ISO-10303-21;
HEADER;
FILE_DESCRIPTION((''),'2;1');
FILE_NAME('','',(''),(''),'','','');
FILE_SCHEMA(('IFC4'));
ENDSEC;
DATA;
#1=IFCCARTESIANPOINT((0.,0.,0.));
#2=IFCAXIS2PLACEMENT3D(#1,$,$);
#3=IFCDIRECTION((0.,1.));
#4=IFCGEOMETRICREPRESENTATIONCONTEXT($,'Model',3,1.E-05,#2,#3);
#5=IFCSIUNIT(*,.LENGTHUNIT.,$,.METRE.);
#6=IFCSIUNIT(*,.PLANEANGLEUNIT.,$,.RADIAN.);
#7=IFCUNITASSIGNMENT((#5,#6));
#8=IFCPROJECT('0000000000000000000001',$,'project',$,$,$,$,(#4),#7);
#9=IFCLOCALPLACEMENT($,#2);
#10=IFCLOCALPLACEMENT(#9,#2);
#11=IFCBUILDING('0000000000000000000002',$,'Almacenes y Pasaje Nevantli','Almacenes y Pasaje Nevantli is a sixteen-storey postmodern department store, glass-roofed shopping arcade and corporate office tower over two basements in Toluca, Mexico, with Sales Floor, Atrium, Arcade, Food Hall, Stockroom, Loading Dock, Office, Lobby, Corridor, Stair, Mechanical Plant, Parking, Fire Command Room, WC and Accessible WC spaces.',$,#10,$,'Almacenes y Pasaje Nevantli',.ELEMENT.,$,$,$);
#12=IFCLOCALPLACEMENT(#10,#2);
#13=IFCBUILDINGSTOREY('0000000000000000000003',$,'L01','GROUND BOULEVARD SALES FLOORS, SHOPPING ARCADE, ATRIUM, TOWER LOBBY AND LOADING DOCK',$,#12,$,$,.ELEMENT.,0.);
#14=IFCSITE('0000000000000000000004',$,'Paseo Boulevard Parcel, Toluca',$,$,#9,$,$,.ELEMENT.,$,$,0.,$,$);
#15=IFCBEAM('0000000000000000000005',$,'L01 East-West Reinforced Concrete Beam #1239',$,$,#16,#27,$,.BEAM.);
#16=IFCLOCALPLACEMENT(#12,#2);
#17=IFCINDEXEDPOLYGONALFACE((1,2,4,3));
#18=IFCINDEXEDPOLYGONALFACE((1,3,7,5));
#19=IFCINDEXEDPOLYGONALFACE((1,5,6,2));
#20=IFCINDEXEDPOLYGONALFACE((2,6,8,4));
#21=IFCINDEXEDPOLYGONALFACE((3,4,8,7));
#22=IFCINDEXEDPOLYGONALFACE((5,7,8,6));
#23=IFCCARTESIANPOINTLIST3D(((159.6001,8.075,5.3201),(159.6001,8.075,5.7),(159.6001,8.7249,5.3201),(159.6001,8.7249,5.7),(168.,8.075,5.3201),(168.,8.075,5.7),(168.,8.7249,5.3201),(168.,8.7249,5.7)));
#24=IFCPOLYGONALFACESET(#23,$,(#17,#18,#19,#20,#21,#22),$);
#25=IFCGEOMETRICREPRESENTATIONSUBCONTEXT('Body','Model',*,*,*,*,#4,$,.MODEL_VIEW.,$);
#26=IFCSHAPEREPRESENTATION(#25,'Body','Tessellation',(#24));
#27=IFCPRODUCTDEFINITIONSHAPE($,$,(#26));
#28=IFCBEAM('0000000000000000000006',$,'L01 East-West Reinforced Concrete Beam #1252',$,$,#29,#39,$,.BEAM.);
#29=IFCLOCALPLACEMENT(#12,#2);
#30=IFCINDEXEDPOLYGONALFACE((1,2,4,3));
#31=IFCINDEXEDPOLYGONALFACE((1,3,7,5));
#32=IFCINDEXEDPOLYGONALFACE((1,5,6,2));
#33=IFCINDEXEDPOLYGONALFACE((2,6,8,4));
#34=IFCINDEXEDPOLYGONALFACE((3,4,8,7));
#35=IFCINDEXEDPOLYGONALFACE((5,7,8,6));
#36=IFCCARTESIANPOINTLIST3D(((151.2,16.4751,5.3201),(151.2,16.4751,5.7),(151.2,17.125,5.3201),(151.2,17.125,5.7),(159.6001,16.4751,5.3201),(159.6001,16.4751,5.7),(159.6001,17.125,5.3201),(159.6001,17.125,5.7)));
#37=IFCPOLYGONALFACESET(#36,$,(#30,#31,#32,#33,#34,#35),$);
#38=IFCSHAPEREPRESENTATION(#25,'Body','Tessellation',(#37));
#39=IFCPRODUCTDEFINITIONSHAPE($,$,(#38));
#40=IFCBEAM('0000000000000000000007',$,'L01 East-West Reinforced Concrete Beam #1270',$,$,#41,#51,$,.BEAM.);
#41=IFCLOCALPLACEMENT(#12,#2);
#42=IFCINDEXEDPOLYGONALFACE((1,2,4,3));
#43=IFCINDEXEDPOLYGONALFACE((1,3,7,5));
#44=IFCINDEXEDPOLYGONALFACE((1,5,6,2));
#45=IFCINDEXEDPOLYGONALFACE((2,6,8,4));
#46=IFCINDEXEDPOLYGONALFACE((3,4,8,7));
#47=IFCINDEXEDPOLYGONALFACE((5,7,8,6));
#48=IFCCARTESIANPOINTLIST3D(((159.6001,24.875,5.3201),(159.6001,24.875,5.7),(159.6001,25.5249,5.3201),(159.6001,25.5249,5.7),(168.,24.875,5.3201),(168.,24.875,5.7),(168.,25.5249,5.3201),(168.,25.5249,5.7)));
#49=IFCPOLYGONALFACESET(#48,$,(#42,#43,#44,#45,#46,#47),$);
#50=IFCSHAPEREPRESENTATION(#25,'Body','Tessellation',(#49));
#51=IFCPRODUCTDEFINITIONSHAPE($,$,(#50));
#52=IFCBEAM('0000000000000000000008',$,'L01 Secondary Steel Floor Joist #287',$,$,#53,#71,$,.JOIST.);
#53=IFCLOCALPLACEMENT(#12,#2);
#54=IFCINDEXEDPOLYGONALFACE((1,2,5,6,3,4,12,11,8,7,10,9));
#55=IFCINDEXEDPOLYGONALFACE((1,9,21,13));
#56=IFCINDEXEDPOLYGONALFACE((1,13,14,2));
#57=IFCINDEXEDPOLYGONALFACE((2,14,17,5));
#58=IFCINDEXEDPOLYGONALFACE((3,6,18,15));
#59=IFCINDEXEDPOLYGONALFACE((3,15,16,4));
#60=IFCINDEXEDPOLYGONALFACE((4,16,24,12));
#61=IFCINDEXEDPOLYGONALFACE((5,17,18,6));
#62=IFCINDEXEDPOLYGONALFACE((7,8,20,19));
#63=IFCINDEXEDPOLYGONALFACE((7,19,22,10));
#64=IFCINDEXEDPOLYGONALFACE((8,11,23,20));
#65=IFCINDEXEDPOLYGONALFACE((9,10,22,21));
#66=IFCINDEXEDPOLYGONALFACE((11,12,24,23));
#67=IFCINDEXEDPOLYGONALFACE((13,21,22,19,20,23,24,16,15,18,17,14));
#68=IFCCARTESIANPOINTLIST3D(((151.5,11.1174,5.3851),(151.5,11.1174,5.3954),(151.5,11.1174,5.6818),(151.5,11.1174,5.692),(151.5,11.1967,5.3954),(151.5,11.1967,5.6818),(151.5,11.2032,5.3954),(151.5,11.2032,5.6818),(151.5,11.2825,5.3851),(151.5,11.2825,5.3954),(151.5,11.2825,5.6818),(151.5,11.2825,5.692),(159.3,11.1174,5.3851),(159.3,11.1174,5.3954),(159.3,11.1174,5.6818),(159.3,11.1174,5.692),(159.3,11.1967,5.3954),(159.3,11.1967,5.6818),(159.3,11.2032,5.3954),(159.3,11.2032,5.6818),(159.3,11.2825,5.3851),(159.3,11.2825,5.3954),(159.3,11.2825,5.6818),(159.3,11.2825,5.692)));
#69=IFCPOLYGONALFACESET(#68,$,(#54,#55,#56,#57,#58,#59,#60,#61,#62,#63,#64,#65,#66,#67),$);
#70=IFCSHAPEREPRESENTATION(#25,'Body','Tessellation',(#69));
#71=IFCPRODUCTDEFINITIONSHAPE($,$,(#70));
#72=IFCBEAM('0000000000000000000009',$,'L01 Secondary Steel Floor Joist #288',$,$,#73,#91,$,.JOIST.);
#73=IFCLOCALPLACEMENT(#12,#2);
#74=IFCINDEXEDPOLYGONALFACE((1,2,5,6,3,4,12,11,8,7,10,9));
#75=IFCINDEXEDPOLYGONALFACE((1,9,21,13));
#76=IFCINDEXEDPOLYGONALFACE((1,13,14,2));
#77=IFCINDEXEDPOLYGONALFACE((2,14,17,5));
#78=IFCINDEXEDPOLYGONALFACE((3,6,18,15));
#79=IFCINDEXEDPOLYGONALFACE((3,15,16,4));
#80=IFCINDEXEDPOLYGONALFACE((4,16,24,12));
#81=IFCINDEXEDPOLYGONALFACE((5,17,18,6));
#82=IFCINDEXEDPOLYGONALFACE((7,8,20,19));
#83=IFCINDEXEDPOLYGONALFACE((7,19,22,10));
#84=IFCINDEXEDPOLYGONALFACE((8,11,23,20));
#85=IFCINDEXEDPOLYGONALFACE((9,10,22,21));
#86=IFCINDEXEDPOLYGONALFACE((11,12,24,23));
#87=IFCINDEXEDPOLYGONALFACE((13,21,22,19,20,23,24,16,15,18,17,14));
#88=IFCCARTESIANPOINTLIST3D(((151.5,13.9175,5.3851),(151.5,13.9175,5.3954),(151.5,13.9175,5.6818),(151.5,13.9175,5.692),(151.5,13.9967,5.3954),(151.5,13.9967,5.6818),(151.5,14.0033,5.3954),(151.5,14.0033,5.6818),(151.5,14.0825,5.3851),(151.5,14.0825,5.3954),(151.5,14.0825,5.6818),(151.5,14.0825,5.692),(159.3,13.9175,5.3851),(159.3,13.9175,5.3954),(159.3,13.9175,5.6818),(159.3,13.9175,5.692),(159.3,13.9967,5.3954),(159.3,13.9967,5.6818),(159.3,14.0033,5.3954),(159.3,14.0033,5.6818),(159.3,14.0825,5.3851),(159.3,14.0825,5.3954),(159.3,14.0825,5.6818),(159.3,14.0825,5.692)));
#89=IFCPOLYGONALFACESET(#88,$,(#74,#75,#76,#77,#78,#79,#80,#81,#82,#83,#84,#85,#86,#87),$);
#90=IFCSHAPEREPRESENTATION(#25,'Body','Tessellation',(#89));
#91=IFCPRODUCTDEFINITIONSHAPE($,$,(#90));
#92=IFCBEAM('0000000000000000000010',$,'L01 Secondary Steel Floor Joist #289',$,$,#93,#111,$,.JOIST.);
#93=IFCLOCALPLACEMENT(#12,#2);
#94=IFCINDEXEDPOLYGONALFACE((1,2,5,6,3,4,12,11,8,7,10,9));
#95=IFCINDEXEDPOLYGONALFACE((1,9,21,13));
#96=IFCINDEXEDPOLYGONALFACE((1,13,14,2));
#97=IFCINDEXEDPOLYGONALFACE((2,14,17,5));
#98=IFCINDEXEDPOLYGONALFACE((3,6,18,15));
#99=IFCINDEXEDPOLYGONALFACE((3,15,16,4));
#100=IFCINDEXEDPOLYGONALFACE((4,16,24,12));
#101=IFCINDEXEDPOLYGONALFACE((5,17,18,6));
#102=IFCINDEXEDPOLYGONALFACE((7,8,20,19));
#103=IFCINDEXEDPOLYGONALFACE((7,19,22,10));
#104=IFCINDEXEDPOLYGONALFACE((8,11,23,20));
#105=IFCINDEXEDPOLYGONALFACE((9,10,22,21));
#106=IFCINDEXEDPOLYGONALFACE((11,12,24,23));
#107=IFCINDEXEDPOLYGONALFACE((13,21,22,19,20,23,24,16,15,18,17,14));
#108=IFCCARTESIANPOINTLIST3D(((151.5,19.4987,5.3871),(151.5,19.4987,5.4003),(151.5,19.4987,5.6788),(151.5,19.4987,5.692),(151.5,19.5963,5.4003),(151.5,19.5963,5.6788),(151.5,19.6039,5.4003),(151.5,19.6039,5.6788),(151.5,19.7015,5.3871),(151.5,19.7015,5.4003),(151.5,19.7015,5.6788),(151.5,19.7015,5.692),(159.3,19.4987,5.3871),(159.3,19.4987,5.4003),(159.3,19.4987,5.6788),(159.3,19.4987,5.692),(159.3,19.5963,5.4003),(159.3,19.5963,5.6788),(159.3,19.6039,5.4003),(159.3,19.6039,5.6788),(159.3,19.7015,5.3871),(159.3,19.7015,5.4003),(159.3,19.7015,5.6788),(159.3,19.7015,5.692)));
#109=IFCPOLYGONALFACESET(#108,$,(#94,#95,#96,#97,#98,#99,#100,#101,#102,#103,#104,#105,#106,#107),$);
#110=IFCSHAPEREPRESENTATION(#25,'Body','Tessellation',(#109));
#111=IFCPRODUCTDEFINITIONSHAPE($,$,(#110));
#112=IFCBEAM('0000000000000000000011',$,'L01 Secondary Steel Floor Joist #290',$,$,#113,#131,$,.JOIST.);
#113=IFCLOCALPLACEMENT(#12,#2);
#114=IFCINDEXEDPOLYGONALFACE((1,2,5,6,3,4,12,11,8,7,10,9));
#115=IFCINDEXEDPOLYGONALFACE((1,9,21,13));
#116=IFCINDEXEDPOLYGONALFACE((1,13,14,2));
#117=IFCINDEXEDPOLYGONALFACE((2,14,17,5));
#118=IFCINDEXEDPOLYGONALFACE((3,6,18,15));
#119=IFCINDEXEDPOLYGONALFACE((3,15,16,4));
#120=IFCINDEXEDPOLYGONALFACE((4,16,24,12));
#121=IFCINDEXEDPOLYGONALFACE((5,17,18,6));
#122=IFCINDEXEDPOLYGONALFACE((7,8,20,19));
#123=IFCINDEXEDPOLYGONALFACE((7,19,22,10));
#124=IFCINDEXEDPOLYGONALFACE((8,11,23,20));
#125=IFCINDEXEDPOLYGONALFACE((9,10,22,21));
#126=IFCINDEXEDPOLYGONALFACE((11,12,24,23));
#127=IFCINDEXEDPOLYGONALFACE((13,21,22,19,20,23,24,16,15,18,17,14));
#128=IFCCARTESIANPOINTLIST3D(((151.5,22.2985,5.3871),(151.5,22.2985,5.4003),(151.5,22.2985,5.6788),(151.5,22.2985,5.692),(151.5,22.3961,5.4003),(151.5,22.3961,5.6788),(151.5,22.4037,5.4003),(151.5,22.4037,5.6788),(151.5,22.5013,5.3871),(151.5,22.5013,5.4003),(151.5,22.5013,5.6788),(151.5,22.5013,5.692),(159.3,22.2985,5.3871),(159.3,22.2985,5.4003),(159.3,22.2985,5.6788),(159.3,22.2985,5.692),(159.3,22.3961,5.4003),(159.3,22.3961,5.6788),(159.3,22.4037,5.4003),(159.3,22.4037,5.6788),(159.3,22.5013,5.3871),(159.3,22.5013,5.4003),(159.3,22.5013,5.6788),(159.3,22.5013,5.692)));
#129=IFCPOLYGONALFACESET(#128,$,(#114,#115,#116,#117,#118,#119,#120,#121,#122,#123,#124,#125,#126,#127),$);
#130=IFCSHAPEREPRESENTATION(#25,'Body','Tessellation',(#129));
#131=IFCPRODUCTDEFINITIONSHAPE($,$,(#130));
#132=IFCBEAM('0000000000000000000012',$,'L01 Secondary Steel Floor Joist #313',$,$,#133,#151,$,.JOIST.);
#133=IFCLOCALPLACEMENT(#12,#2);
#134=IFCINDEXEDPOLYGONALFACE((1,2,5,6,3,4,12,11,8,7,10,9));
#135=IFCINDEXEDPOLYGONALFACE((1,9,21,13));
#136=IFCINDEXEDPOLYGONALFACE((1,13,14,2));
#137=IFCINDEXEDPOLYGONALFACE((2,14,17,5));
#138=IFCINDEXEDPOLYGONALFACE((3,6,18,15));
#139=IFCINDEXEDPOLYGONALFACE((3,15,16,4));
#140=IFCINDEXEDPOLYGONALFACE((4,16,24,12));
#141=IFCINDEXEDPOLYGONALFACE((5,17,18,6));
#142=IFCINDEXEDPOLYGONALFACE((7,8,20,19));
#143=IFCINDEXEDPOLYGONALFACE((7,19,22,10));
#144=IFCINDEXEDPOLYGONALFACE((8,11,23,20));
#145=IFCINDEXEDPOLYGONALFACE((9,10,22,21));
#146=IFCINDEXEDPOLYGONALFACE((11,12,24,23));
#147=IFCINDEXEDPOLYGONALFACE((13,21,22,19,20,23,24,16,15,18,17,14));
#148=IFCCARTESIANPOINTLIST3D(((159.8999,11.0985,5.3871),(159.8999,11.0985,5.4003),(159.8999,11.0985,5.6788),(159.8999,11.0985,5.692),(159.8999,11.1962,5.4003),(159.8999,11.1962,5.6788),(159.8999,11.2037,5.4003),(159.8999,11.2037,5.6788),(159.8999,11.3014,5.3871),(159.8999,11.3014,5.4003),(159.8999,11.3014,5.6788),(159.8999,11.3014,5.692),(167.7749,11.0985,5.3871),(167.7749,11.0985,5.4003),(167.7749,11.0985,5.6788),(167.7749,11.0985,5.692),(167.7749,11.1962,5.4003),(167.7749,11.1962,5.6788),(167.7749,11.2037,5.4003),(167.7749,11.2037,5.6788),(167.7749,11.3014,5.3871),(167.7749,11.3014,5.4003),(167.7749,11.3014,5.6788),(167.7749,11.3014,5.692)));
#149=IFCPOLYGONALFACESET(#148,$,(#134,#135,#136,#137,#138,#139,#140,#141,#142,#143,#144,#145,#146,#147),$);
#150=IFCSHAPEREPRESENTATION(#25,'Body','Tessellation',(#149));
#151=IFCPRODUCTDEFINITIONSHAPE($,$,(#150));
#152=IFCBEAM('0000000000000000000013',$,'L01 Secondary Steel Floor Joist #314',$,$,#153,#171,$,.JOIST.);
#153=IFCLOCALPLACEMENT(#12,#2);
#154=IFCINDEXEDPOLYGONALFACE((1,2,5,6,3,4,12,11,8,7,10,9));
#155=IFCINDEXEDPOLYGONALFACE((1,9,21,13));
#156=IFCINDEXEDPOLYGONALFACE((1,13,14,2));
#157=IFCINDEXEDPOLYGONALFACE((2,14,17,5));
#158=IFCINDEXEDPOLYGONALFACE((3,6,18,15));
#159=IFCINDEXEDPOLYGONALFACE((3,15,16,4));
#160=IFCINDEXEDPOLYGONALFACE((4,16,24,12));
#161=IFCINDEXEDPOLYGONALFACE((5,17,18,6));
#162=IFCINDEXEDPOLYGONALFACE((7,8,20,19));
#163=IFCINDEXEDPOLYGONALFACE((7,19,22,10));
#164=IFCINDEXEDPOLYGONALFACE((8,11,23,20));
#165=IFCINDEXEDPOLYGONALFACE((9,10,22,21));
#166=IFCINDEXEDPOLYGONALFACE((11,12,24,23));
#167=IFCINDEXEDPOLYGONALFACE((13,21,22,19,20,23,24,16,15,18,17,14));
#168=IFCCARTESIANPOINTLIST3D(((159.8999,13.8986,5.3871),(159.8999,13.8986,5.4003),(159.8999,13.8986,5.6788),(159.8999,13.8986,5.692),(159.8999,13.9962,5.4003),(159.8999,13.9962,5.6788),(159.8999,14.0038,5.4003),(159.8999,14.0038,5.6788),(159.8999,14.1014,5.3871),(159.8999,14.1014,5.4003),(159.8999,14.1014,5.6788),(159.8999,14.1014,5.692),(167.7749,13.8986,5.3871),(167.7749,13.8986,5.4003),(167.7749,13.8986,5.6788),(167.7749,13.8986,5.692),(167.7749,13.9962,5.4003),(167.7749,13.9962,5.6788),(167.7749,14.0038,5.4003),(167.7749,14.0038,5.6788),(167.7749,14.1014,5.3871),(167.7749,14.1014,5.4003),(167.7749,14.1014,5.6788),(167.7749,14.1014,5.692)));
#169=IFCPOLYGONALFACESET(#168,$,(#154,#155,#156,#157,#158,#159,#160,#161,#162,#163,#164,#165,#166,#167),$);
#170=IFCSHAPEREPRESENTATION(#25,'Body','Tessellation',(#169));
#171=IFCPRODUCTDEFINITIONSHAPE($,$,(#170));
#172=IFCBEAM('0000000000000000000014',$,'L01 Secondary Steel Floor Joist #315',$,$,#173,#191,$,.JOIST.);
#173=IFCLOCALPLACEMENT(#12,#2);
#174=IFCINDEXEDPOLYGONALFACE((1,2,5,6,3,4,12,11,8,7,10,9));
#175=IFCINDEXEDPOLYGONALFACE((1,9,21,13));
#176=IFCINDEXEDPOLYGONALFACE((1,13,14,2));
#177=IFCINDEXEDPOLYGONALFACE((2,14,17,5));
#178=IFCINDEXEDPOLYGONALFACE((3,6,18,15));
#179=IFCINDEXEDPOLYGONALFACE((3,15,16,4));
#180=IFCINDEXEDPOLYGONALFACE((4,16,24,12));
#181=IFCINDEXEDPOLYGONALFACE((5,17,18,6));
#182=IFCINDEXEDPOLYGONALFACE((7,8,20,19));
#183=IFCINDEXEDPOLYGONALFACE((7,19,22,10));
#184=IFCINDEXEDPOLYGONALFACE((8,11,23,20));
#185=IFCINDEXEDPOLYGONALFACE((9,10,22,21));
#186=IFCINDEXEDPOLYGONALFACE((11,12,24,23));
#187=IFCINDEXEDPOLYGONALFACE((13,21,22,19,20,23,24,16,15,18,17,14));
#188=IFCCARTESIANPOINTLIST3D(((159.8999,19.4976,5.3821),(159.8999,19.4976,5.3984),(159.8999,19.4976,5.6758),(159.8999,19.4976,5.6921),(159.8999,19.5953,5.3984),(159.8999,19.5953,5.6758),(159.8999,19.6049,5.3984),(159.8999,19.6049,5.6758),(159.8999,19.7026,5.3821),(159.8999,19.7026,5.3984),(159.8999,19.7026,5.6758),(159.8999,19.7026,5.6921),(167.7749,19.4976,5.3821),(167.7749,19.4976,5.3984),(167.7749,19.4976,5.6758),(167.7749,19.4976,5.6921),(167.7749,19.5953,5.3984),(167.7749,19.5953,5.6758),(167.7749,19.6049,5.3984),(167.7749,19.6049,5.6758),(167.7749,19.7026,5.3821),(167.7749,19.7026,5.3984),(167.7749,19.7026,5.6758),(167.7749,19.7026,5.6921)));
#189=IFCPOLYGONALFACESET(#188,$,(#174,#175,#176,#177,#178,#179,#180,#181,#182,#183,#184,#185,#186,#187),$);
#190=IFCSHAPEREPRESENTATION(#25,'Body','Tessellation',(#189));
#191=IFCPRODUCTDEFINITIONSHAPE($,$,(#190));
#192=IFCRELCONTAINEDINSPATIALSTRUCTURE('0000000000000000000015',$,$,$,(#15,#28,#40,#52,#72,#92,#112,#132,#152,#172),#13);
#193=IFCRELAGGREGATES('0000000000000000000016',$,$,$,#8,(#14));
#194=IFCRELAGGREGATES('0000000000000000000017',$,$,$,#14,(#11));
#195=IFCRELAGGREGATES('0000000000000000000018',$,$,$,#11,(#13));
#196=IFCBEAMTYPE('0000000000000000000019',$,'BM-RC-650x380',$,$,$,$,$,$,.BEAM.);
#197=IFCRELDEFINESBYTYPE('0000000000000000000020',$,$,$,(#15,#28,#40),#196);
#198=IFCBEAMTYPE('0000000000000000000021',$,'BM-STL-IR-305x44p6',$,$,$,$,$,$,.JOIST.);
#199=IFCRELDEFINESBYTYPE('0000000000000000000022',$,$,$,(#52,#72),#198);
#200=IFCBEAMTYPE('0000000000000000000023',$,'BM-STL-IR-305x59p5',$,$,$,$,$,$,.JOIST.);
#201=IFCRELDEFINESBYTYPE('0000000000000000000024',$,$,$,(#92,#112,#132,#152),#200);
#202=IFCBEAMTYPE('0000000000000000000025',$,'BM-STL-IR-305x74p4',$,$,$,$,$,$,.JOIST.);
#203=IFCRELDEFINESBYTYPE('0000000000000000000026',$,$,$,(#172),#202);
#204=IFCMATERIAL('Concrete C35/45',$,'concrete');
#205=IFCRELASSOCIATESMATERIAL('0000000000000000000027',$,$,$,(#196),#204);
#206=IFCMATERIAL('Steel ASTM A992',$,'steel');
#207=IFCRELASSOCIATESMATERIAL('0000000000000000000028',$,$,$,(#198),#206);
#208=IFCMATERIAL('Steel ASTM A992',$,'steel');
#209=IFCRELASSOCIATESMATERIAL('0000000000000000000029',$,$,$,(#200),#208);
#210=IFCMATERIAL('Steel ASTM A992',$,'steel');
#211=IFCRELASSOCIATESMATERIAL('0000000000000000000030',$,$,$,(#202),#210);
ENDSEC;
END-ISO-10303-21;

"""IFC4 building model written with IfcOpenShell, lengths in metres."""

from ifc_helpers import new_model, si_unit, direction, frame, origin, origin_2d, place, context, subcontext, project, spatial, rectangle, i_section, extrude, material, material_profile, profile_set, type_object, element, save


model = new_model("IFC4")

# Units and contexts
model_context = context("Model", 3, precision=1e-05, world=origin(), true_north=direction((0.0, 1.0)))
body_context = subcontext(model_context, "Body", "Model", "MODEL_VIEW")
ifc_project = project(units=[si_unit("LENGTHUNIT", "METRE"), si_unit("PLANEANGLEUNIT", "RADIAN")], contexts=[model_context])

# Site, building, storey
site_placement = place(None, origin())
site = spatial("IfcSite", under=ifc_project, at=site_placement, Name="Paseo Boulevard Parcel, Toluca", CompositionType="ELEMENT", RefElevation=0.0)
building_placement = place(site_placement, origin())
building = spatial("IfcBuilding", under=site, at=building_placement, Name="Almacenes y Pasaje Nevantli", Description="Almacenes y Pasaje Nevantli is a sixteen-storey postmodern department store, glass-roofed shopping arcade and corporate office tower over two basements in Toluca, Mexico, with Sales Floor, Atrium, Arcade, Food Hall, Stockroom, Loading Dock, Office, Lobby, Corridor, Stair, Mechanical Plant, Parking, Fire Command Room, WC and Accessible WC spaces.", LongName="Almacenes y Pasaje Nevantli", CompositionType="ELEMENT")
storey_placement = place(building_placement, origin())
storey = spatial("IfcBuildingStorey", under=building, at=storey_placement, Name="L01", Description="GROUND BOULEVARD SALES FLOORS, SHOPPING ARCADE, ATRIUM, TOWER LOBBY AND LOADING DOCK", CompositionType="ELEMENT", Elevation=0.0)

# Beams
ifc_material_1 = material(Name="Concrete C35/45", Category="concrete")
ifc_material_profile_1 = material_profile(ifc_material_1, rectangle(XDim=0.6499, YDim=0.3799, at=origin_2d()), Name="RC-BM-650x380")
ifc_profile_set_1 = profile_set([ifc_material_profile_1], Name="Concrete C35/45")
beam_type_1 = type_object("IfcBeamType", Name="BM-RC-650x380", PredefinedType="BEAM", material=ifc_profile_set_1)
beam_1_placement = place(storey_placement, frame((159.6001, 8.3999, 5.51), z_axis=(1.0, 0.0, 0.0), x_axis=(0.0, 1.0, 0.0)))
element("IfcBeam", 1, at=beam_1_placement, inside=storey, type_object=beam_type_1, Name="L01 East-West Reinforced Concrete Beam #1239", PredefinedType="BEAM", context=body_context, shape_type="SweptSolid", body=[
    extrude(rectangle(XDim=0.6499, YDim=0.3799, at=origin_2d()), origin(), (0.0, 0.0, 1.0), 8.3999),
])
beam_2_placement = place(storey_placement, frame((151.2, 16.8, 5.51), z_axis=(1.0, 0.0, 0.0), x_axis=(0.0, 1.0, 0.0)))
element("IfcBeam", 2, at=beam_2_placement, inside=storey, type_object=beam_type_1, Name="L01 East-West Reinforced Concrete Beam #1252", PredefinedType="BEAM", context=body_context, shape_type="SweptSolid", body=[
    extrude(rectangle(XDim=0.6499, YDim=0.3799, at=origin_2d()), origin(), (0.0, 0.0, 1.0), 8.4001),
])
beam_3_placement = place(storey_placement, frame((159.6001, 25.2, 5.51), z_axis=(1.0, 0.0, 0.0), x_axis=(0.0, 1.0, 0.0)))
element("IfcBeam", 3, at=beam_3_placement, inside=storey, type_object=beam_type_1, Name="L01 East-West Reinforced Concrete Beam #1270", PredefinedType="BEAM", context=body_context, shape_type="SweptSolid", body=[
    extrude(rectangle(XDim=0.6499, YDim=0.3799, at=origin_2d()), origin(), (0.0, 0.0, 1.0), 8.3999),
])
ifc_material_2 = material(Name="Steel ASTM A992", Category="steel")
ifc_material_profile_2 = material_profile(ifc_material_2, i_section(OverallWidth=0.165, OverallDepth=0.3069, WebThickness=0.0066, FlangeThickness=0.0103, at=origin_2d()), Name="IR 305x44.6")
ifc_profile_set_2 = profile_set([ifc_material_profile_2], Name="Steel ASTM A992")
beam_type_2 = type_object("IfcBeamType", Name="BM-STL-IR-305x44p6", PredefinedType="JOIST", material=ifc_profile_set_2)
for number, where, z_axis, x_axis, name in (
    (4, (151.5, 11.2, 5.5386), (1.0, 0.0, 0.0), (0.0, 1.0, 0.0), "L01 Secondary Steel Floor Joist #287"),
    (5, (151.5, 14.0, 5.5386), (1.0, 0.0, 0.0), (0.0, 1.0, 0.0), "L01 Secondary Steel Floor Joist #288"),
):
    element("IfcBeam", number, at=place(storey_placement, frame(where, z_axis=z_axis, x_axis=x_axis)), inside=storey, type_object=beam_type_2, Name=name, PredefinedType="JOIST", context=body_context, shape_type="SweptSolid", body=[
        extrude(i_section(OverallWidth=0.165, OverallDepth=0.3069, WebThickness=0.0066, FlangeThickness=0.0103, at=origin_2d()), origin(), (0.0, 0.0, 1.0), 7.8),
    ])
ifc_material_3 = material(Name="Steel ASTM A992", Category="steel")
ifc_material_profile_3 = material_profile(ifc_material_3, i_section(OverallWidth=0.2029, OverallDepth=0.3049, WebThickness=0.0076, FlangeThickness=0.0132, at=origin_2d()), Name="IR 305x59.5")
ifc_profile_set_3 = profile_set([ifc_material_profile_3], Name="Steel ASTM A992")
beam_type_3 = type_object("IfcBeamType", Name="BM-STL-IR-305x59p5", PredefinedType="JOIST", material=ifc_profile_set_3)
for number, where, z_axis, x_axis, name in (
    (6, (151.5, 19.6001, 5.5396), (1.0, 0.0, 0.0), (0.0, 1.0, 0.0), "L01 Secondary Steel Floor Joist #289"),
    (7, (151.5, 22.3999, 5.5396), (1.0, 0.0, 0.0), (0.0, 1.0, 0.0), "L01 Secondary Steel Floor Joist #290"),
):
    element("IfcBeam", number, at=place(storey_placement, frame(where, z_axis=z_axis, x_axis=x_axis)), inside=storey, type_object=beam_type_3, Name=name, PredefinedType="JOIST", context=body_context, shape_type="SweptSolid", body=[
        extrude(i_section(OverallWidth=0.2029, OverallDepth=0.3049, WebThickness=0.0076, FlangeThickness=0.0132, at=origin_2d()), origin(), (0.0, 0.0, 1.0), 7.8),
    ])
for number, where, z_axis, x_axis, name in (
    (8, (159.8999, 11.2, 5.5396), (1.0, 0.0, 0.0), (0.0, 1.0, 0.0), "L01 Secondary Steel Floor Joist #313"),
    (9, (159.8999, 14.0, 5.5396), (1.0, 0.0, 0.0), (0.0, 1.0, 0.0), "L01 Secondary Steel Floor Joist #314"),
):
    element("IfcBeam", number, at=place(storey_placement, frame(where, z_axis=z_axis, x_axis=x_axis)), inside=storey, type_object=beam_type_3, Name=name, PredefinedType="JOIST", context=body_context, shape_type="SweptSolid", body=[
        extrude(i_section(OverallWidth=0.2029, OverallDepth=0.3049, WebThickness=0.0076, FlangeThickness=0.0132, at=origin_2d()), origin(), (0.0, 0.0, 1.0), 7.875),
    ])
ifc_material_4 = material(Name="Steel ASTM A992", Category="steel")
ifc_material_profile_4 = material_profile(ifc_material_4, i_section(OverallWidth=0.2051, OverallDepth=0.3101, WebThickness=0.0095, FlangeThickness=0.0164, at=origin_2d()), Name="IR 305x74.4")
ifc_profile_set_4 = profile_set([ifc_material_profile_4], Name="Steel ASTM A992")
beam_type_4 = type_object("IfcBeamType", Name="BM-STL-IR-305x74p4", PredefinedType="JOIST", material=ifc_profile_set_4)
for number, where, z_axis, x_axis, name in (
    (10, (159.8999, 19.6001, 5.5371), (1.0, 0.0, 0.0), (0.0, 1.0, 0.0), "L01 Secondary Steel Floor Joist #315"),
):
    element("IfcBeam", number, at=place(storey_placement, frame(where, z_axis=z_axis, x_axis=x_axis)), inside=storey, type_object=beam_type_4, Name=name, PredefinedType="JOIST", context=body_context, shape_type="SweptSolid", body=[
        extrude(i_section(OverallWidth=0.2051, OverallDepth=0.3101, WebThickness=0.0095, FlangeThickness=0.0164, at=origin_2d()), origin(), (0.0, 0.0, 1.0), 7.875),
    ])

save(model, "model.ifc")
